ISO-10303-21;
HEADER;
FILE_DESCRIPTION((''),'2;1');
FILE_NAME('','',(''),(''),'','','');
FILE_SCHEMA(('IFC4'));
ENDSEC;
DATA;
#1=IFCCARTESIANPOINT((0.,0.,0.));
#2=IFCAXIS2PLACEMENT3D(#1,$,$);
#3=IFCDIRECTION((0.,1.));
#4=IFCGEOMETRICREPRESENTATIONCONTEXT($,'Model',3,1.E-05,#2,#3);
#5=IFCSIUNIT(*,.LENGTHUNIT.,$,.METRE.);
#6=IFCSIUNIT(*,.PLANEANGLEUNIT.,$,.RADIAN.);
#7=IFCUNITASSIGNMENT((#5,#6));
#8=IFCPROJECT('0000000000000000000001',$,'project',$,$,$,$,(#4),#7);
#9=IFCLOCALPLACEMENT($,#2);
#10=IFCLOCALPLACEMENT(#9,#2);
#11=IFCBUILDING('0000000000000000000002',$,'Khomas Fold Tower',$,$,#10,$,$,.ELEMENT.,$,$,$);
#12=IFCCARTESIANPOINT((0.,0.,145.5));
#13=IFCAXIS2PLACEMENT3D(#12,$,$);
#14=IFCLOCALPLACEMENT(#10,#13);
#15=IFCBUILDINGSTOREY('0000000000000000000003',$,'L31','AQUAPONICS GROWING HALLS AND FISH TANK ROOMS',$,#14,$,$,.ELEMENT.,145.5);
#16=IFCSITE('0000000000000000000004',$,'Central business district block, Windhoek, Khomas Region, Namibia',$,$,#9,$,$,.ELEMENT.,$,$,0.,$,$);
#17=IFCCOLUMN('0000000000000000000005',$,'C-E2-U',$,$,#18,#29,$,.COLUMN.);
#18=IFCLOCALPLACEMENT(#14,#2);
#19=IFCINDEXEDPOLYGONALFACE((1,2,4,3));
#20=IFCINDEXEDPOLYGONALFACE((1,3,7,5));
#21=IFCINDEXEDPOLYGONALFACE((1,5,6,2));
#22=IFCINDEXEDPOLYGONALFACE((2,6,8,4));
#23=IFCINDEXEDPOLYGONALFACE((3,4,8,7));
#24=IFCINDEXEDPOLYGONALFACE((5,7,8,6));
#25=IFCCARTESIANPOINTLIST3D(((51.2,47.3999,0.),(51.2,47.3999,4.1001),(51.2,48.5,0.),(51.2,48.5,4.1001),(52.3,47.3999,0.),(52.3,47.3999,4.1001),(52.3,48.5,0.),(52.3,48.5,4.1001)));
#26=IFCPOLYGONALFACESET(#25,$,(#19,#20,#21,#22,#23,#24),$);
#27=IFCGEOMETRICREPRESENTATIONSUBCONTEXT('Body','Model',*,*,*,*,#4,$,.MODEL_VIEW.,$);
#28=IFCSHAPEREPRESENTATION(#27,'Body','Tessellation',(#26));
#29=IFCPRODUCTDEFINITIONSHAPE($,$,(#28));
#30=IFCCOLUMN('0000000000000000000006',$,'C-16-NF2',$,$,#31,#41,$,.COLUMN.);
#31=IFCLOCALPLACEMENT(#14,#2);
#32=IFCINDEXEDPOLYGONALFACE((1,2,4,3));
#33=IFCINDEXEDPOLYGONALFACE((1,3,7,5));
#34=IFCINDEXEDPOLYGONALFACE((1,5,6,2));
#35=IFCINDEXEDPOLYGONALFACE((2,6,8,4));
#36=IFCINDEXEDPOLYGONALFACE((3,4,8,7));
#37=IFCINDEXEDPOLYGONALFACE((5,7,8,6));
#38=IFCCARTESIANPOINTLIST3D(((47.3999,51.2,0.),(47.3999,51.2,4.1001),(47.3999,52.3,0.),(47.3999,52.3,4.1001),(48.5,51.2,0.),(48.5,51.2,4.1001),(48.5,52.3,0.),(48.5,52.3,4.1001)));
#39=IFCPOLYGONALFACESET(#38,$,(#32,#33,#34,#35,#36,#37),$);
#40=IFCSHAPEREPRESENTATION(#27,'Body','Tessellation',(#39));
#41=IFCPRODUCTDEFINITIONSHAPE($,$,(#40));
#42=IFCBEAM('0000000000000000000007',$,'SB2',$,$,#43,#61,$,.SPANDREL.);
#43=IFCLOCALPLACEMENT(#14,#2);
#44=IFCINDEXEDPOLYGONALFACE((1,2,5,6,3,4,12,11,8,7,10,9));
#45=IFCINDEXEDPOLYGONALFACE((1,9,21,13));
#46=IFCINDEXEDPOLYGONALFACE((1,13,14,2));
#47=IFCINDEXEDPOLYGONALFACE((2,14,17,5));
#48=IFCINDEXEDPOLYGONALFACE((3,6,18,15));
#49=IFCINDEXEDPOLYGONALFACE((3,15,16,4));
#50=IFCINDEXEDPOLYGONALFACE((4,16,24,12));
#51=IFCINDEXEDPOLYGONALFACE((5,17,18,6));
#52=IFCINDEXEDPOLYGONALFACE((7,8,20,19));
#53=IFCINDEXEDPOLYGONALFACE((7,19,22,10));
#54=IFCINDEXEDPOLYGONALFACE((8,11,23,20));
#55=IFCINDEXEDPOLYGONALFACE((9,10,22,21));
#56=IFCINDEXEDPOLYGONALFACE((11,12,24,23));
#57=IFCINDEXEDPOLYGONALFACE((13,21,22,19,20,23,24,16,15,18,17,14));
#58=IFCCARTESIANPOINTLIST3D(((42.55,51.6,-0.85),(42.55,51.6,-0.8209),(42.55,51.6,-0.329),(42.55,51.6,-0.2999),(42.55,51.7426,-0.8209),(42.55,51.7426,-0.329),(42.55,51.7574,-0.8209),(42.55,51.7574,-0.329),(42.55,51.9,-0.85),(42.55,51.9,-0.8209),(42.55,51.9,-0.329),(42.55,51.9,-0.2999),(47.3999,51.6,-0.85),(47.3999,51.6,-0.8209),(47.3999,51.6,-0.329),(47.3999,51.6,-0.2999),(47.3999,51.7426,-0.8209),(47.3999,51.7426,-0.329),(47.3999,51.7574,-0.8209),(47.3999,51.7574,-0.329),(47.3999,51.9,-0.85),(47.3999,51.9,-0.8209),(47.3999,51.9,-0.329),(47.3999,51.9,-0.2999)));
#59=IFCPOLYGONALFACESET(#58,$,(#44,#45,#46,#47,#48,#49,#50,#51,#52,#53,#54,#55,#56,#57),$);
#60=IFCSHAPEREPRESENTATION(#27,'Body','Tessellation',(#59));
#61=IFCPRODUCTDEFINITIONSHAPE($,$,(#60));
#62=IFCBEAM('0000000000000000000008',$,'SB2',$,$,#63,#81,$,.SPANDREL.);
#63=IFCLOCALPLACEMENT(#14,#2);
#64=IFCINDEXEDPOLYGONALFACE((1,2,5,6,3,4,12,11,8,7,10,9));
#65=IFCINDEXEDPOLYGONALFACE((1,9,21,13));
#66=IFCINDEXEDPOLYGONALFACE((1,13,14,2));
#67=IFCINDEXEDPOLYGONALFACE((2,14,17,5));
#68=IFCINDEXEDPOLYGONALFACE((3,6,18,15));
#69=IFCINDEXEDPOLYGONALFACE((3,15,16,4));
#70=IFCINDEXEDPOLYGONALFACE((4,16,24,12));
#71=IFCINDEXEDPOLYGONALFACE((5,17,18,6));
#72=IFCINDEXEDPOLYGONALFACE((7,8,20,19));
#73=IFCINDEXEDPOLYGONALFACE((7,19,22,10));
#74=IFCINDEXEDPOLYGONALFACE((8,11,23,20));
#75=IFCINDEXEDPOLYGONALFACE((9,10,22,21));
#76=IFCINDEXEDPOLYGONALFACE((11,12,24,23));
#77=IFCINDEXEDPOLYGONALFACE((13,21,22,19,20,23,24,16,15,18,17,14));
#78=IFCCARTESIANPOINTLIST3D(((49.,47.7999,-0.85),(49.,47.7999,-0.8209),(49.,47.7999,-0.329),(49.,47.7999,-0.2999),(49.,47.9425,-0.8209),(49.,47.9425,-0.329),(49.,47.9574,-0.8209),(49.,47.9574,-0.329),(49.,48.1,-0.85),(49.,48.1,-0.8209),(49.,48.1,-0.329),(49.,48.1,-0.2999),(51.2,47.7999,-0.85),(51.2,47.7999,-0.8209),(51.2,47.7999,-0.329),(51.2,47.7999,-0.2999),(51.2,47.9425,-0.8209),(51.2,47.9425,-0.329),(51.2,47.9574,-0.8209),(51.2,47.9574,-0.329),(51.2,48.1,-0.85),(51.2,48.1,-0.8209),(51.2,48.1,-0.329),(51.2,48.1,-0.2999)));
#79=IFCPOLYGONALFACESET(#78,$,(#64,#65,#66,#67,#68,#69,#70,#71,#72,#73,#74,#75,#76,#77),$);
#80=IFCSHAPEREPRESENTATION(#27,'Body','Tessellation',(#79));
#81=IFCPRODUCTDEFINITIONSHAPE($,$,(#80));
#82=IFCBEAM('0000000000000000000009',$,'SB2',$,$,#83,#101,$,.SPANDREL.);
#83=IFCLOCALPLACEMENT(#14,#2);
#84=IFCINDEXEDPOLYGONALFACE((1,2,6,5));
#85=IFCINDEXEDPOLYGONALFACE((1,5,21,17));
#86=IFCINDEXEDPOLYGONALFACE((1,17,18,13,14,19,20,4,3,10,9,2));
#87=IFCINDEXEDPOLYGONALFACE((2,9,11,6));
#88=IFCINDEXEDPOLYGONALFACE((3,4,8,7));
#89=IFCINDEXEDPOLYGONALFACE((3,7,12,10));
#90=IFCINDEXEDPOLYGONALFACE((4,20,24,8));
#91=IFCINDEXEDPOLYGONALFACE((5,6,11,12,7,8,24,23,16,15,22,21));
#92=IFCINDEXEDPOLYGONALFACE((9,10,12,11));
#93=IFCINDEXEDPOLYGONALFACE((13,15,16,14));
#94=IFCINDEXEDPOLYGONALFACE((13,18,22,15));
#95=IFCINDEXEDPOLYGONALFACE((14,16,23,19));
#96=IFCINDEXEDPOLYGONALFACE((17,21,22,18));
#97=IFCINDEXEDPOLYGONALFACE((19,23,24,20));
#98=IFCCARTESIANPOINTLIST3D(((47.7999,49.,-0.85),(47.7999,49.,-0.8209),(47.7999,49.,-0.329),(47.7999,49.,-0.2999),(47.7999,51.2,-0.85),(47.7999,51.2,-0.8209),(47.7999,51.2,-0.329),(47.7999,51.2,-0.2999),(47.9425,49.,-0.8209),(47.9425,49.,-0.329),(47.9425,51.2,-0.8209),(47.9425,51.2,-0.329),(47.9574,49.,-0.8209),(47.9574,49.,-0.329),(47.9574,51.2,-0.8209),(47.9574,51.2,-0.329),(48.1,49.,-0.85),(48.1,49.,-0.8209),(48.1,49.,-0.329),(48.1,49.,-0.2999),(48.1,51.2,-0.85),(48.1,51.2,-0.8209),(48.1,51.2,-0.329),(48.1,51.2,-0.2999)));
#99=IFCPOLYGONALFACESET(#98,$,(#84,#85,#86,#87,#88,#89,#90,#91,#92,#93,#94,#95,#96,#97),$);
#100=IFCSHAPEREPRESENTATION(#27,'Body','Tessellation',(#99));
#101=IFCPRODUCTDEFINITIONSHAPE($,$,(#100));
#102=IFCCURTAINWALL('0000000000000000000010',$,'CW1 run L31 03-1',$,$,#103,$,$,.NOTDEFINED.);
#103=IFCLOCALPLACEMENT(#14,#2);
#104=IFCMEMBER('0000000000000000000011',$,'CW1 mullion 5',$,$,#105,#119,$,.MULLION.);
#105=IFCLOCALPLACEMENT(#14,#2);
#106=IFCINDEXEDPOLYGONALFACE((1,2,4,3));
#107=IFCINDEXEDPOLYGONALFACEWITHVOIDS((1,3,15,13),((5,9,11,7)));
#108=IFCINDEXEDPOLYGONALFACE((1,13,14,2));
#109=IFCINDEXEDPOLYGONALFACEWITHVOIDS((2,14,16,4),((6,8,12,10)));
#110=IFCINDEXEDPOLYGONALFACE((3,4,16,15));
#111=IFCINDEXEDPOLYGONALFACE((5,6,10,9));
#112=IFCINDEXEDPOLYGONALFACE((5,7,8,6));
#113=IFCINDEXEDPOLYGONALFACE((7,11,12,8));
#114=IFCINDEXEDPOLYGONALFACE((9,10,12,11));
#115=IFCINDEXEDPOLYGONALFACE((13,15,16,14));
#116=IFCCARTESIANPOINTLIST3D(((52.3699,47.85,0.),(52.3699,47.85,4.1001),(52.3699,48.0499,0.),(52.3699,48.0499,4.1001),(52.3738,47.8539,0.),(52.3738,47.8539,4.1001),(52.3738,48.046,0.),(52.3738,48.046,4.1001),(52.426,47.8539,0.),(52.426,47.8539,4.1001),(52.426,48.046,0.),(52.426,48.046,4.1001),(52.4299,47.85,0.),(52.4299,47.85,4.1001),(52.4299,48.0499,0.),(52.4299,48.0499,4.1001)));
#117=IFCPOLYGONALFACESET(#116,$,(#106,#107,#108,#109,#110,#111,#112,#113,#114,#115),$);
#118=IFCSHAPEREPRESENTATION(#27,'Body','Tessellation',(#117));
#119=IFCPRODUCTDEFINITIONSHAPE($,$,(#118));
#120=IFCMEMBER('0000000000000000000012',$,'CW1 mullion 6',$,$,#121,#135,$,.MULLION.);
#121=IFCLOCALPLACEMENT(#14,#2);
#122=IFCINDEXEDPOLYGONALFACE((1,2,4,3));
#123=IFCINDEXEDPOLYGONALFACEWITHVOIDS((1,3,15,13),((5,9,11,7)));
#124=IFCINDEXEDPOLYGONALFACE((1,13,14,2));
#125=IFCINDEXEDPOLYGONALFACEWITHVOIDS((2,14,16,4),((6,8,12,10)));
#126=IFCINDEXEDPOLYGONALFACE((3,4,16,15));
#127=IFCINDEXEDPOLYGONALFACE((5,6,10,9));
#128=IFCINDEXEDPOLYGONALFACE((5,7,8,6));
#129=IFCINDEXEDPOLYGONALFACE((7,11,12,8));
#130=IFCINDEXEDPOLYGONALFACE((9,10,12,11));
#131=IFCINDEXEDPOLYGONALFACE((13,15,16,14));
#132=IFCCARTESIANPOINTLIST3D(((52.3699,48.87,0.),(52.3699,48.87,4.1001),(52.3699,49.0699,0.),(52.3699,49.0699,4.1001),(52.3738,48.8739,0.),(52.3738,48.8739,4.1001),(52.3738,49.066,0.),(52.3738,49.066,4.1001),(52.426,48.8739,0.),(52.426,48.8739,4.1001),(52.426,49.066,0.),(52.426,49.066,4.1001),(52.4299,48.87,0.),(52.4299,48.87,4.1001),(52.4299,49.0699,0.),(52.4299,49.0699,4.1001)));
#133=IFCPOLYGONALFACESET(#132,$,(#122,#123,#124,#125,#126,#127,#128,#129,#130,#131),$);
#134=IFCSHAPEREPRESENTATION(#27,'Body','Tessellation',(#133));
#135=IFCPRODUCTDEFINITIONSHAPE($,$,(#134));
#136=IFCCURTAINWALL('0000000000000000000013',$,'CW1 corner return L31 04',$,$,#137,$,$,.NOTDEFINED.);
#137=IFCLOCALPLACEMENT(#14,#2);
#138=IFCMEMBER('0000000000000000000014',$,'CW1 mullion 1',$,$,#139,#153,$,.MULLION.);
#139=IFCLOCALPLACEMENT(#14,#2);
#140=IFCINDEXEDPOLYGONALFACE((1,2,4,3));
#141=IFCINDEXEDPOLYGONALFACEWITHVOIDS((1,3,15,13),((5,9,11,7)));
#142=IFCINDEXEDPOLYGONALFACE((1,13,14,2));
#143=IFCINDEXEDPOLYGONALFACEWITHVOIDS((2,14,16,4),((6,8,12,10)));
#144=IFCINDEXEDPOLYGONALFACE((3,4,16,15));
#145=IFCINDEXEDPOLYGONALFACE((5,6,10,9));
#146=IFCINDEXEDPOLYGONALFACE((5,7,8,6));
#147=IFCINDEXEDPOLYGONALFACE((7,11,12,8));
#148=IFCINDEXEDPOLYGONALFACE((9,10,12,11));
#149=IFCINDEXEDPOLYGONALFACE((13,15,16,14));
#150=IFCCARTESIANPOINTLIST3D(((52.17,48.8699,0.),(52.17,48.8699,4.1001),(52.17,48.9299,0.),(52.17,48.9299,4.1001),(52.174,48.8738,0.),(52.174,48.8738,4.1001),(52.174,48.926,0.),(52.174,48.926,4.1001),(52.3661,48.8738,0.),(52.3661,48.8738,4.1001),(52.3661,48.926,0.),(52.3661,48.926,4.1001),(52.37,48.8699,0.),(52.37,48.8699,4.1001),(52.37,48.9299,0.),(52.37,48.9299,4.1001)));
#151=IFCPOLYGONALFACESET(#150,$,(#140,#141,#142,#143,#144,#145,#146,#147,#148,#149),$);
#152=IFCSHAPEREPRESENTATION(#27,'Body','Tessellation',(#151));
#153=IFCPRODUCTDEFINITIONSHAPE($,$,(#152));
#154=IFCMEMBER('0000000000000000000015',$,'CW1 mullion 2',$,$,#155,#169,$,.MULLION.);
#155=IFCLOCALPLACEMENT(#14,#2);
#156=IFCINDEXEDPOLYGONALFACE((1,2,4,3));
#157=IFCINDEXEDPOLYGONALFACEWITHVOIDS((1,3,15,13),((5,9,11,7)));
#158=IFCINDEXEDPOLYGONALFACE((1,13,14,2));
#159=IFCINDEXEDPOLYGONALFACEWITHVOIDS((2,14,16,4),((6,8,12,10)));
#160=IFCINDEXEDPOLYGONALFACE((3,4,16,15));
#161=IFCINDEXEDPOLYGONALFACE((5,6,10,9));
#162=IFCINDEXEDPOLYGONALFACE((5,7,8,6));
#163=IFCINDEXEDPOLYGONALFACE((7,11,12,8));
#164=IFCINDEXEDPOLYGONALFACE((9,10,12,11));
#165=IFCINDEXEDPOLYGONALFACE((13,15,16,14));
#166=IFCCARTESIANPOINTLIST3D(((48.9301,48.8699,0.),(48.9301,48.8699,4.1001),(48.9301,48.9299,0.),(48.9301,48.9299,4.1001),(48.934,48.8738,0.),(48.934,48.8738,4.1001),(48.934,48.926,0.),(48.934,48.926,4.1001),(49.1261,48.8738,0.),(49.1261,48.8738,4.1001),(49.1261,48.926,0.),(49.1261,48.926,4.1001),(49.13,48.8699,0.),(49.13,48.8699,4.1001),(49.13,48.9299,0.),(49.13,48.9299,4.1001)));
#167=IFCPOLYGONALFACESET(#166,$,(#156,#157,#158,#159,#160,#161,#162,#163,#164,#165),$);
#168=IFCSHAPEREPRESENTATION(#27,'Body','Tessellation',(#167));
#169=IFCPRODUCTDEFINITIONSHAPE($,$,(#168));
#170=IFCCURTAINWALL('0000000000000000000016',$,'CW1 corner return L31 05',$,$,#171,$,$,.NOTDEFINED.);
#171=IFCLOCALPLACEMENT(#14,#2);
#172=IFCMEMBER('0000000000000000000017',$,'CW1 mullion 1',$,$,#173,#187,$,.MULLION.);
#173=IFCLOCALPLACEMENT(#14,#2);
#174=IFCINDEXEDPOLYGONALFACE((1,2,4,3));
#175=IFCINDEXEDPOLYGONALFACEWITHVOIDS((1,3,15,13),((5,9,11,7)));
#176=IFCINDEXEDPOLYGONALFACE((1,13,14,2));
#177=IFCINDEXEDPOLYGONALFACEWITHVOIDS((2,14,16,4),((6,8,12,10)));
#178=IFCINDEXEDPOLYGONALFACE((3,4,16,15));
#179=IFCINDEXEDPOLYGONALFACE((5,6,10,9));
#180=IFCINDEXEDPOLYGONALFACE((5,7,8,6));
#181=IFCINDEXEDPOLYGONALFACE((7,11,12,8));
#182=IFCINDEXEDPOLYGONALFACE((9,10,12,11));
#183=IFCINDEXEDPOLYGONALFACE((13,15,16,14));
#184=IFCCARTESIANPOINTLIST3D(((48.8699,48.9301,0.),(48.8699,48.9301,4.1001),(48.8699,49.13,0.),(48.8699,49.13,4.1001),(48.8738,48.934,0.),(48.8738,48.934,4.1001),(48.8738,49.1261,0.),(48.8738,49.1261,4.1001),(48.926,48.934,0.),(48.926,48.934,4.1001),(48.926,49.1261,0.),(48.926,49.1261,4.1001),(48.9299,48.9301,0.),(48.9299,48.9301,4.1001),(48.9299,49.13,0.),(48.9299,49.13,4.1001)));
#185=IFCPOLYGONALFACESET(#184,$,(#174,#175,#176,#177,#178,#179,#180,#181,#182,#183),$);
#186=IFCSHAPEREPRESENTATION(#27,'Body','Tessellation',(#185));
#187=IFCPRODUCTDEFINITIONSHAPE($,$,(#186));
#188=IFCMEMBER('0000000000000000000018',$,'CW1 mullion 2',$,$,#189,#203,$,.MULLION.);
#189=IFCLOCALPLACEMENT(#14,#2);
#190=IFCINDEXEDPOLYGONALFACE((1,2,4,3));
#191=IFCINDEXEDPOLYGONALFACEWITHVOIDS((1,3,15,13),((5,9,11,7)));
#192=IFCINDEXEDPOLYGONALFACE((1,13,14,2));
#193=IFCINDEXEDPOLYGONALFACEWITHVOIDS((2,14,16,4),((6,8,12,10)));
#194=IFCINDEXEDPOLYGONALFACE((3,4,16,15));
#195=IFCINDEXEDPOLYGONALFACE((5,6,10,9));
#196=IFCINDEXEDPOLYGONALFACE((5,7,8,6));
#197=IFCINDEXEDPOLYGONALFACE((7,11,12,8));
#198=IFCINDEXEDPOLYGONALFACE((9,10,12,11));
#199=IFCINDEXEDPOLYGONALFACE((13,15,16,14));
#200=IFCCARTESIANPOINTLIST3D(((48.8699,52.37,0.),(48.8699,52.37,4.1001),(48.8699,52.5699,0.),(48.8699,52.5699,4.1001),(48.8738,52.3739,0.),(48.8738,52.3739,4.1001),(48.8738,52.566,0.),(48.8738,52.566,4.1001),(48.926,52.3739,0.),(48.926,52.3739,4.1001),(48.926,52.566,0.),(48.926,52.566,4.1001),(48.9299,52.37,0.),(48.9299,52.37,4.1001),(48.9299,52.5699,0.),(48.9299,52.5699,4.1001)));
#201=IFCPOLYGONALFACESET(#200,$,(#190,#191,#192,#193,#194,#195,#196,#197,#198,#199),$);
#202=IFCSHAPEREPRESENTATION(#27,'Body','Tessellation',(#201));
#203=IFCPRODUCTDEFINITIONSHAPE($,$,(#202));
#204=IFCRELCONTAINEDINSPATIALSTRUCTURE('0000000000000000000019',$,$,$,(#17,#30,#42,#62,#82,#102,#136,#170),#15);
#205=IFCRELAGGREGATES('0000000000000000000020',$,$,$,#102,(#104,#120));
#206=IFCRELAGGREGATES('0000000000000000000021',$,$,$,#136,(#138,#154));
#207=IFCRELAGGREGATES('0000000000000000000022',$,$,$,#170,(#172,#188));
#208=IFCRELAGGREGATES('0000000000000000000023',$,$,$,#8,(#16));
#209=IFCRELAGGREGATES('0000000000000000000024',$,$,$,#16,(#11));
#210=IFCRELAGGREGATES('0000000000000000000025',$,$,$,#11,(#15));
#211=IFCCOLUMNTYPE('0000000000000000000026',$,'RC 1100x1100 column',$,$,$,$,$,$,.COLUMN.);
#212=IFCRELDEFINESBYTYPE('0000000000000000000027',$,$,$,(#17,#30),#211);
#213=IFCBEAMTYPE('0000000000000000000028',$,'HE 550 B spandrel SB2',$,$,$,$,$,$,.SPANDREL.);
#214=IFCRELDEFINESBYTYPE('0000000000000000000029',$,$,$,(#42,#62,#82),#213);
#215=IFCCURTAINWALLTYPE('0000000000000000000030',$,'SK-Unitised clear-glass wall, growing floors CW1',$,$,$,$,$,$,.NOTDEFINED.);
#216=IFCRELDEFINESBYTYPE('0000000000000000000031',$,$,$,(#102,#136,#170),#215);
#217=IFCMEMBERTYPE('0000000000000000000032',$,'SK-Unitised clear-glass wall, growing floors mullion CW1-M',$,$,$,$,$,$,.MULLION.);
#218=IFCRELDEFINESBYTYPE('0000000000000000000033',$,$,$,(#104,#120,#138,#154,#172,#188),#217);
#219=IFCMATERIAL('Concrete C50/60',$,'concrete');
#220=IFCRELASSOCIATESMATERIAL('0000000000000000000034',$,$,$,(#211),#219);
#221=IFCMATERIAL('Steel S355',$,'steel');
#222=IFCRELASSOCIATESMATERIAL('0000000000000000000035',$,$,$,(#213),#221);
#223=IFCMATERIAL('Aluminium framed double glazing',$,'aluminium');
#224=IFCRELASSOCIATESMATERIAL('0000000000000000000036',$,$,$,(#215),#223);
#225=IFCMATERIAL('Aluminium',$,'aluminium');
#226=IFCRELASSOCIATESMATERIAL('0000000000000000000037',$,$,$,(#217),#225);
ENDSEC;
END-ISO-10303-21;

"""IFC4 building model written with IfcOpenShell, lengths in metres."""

from ifc_helpers import new_model, si_unit, direction, frame, origin, origin_2d, place, context, subcontext, project, spatial, rectangle, hollow_rectangle, i_section, extrude, source, transform, mapped, material, material_profile, profile_set, type_object, element, aggregate, save


model = new_model("IFC4")

# Units and contexts
model_context = context("Model", 3, precision=1e-05, world=origin(), true_north=direction((0.0, 1.0)))
body_context = subcontext(model_context, "Body", "Model", "MODEL_VIEW")
ifc_project = project(units=[si_unit("LENGTHUNIT", "METRE"), si_unit("PLANEANGLEUNIT", "RADIAN")], contexts=[model_context])

# Site, building, storey
site_placement = place(None, origin())
site = spatial("IfcSite", under=ifc_project, at=site_placement, Name="Central business district block, Windhoek, Khomas Region, Namibia", CompositionType="ELEMENT", RefElevation=0.0)
building_placement = place(site_placement, origin())
building = spatial("IfcBuilding", under=site, at=building_placement, Name="Khomas Fold Tower", CompositionType="ELEMENT")
storey_placement = place(building_placement, frame((0.0, 0.0, 145.5)))
storey = spatial("IfcBuildingStorey", under=building, at=storey_placement, Name="L31", Description="AQUAPONICS GROWING HALLS AND FISH TANK ROOMS", CompositionType="ELEMENT", Elevation=145.5)

# Columns
ifc_material_1 = material(Name="Concrete C50/60", Category="concrete")
ifc_material_profile_1 = material_profile(ifc_material_1, rectangle(XDim=1.1001, YDim=1.1001, at=origin_2d()), Name="RC 1100x1100")
ifc_profile_set_1 = profile_set([ifc_material_profile_1], Name="Concrete C50/60")
column_type = type_object("IfcColumnType", Name="RC 1100x1100 column", PredefinedType="COLUMN", material=ifc_profile_set_1)
shared_shape_1 = source(origin(), body_context, "Body", "SweptSolid", [
    extrude(rectangle(XDim=1.1001, YDim=1.1001, at=origin_2d()), origin(), (0.0, 0.0, 1.0), 4.1001),
])
for number, where, z_axis, x_axis, name in (
    (1, (51.75, 47.95, 0.0), (0.0, 0.0, 1.0), (1.0, 0.0, 0.0), "C-E2-U"),
    (2, (47.95, 51.75, 0.0), (0.0, 0.0, 1.0), (1.0, 0.0, 0.0), "C-16-NF2"),
):
    element("IfcColumn", number, at=place(storey_placement, frame(where, z_axis=z_axis, x_axis=x_axis)), inside=storey, type_object=column_type, Name=name, PredefinedType="COLUMN", context=body_context, shape_type="MappedRepresentation", body=[
        mapped(shared_shape_1, transform((0.0, 0.0, 0.0))),
    ])

# Beams
ifc_material_2 = material(Name="Steel S355", Category="steel")
ifc_material_profile_2 = material_profile(ifc_material_2, i_section(OverallWidth=0.3, OverallDepth=0.55, WebThickness=0.0149, FlangeThickness=0.0291, at=origin_2d()), Name="HE 550 B")
ifc_profile_set_2 = profile_set([ifc_material_profile_2], Name="Steel S355")
beam_type = type_object("IfcBeamType", Name="HE 550 B spandrel SB2", PredefinedType="SPANDREL", material=ifc_profile_set_2)
shared_shape_2 = source(origin(), body_context, "Body", "SweptSolid", [
    extrude(i_section(OverallWidth=0.3, OverallDepth=0.55, WebThickness=0.0149, FlangeThickness=0.0291, at=origin_2d()), origin(), (0.0, 0.0, 1.0), 4.8499),
])
beam_placement = place(storey_placement, frame((42.55, 51.75, -0.575), z_axis=(1.0, 0.0, 0.0), x_axis=(0.0, 1.0, 0.0)))
element("IfcBeam", 3, at=beam_placement, inside=storey, type_object=beam_type, Name="SB2", PredefinedType="SPANDREL", context=body_context, shape_type="MappedRepresentation", body=[
    mapped(shared_shape_2, transform((0.0, 0.0, 0.0))),
])
shared_shape_3 = source(origin(), body_context, "Body", "SweptSolid", [
    extrude(i_section(OverallWidth=0.3, OverallDepth=0.55, WebThickness=0.0149, FlangeThickness=0.0291, at=origin_2d()), origin(), (0.0, 0.0, 1.0), 2.2),
])
for number, where, z_axis, x_axis, name in (
    (4, (49.0, 47.95, -0.575), (1.0, 0.0, 0.0), (0.0, 1.0, 0.0), "SB2"),
    (5, (47.95, 49.0, -0.575), (0.0, 1.0, 0.0), (-1.0, 0.0, 0.0), "SB2"),
):
    element("IfcBeam", number, at=place(storey_placement, frame(where, z_axis=z_axis, x_axis=x_axis)), inside=storey, type_object=beam_type, Name=name, PredefinedType="SPANDREL", context=body_context, shape_type="MappedRepresentation", body=[
        mapped(shared_shape_3, transform((0.0, 0.0, 0.0))),
    ])

# Curtain walls, members
ifc_material_3 = material(Name="Aluminium framed double glazing", Category="aluminium")
curtain_wall_type = type_object("IfcCurtainWallType", Name="SK-Unitised clear-glass wall, growing floors CW1", PredefinedType="NOTDEFINED", material=ifc_material_3)
curtain_wall_1_placement = place(storey_placement, origin())
curtain_wall_1 = element("IfcCurtainWall", 6, at=curtain_wall_1_placement, inside=storey, type_object=curtain_wall_type, Name="CW1 run L31 03-1", PredefinedType="NOTDEFINED")
ifc_material_4 = material(Name="Aluminium", Category="aluminium")
ifc_material_profile_3 = material_profile(ifc_material_4, hollow_rectangle(XDim=0.0601, YDim=0.2, WallThickness=0.0039, at=origin_2d()), Name="SK-Unitised clear-glass wall, growing floors mullion CW1-M")
ifc_profile_set_3 = profile_set([ifc_material_profile_3], Name="Aluminium")
member_type_1 = type_object("IfcMemberType", Name="SK-Unitised clear-glass wall, growing floors mullion CW1-M", PredefinedType="MULLION", material=ifc_profile_set_3)
shared_shape_4 = source(origin(), body_context, "Body", "SweptSolid", [
    extrude(hollow_rectangle(XDim=0.0601, YDim=0.2, WallThickness=0.0039, at=origin_2d()), origin(), (0.0, 0.0, 1.0), 4.1001),
])
member_1_placement = place(storey_placement, frame((52.3999, 47.95, 0.0), z_axis=(0.0, 0.0, 1.0), x_axis=(-1.0, 0.0, 0.0)))
member_1 = element("IfcMember", 7, at=member_1_placement, type_object=member_type_1, Name="CW1 mullion 5", PredefinedType="MULLION", context=body_context, shape_type="MappedRepresentation", body=[
    mapped(shared_shape_4, transform((0.0, 0.0, 0.0))),
])
member_2_placement = place(storey_placement, frame((52.3999, 48.97, 0.0), z_axis=(0.0, 0.0, 1.0), x_axis=(-1.0, 0.0, 0.0)))
member_2 = element("IfcMember", 8, at=member_2_placement, type_object=member_type_1, Name="CW1 mullion 6", PredefinedType="MULLION", context=body_context, shape_type="MappedRepresentation", body=[
    mapped(shared_shape_4, transform((0.0, 0.0, 0.0))),
])
curtain_wall_2_placement = place(storey_placement, origin())
curtain_wall_2 = element("IfcCurtainWall", 9, at=curtain_wall_2_placement, inside=storey, type_object=curtain_wall_type, Name="CW1 corner return L31 04", PredefinedType="NOTDEFINED")
member_3_placement = place(storey_placement, frame((52.27, 48.8999, 0.0), z_axis=(0.0, 0.0, 1.0), x_axis=(0.0, -1.0, 0.0)))
member_3 = element("IfcMember", 10, at=member_3_placement, type_object=member_type_1, Name="CW1 mullion 1", PredefinedType="MULLION", context=body_context, shape_type="MappedRepresentation", body=[
    mapped(shared_shape_4, transform((0.0, 0.0, 0.0))),
])
member_4_placement = place(storey_placement, frame((49.03, 48.8999, 0.0), z_axis=(0.0, 0.0, 1.0), x_axis=(0.0, -1.0, 0.0)))
member_4 = element("IfcMember", 11, at=member_4_placement, type_object=member_type_1, Name="CW1 mullion 2", PredefinedType="MULLION", context=body_context, shape_type="MappedRepresentation", body=[
    mapped(shared_shape_4, transform((0.0, 0.0, 0.0))),
])
curtain_wall_3_placement = place(storey_placement, origin())
curtain_wall_3 = element("IfcCurtainWall", 12, at=curtain_wall_3_placement, inside=storey, type_object=curtain_wall_type, Name="CW1 corner return L31 05", PredefinedType="NOTDEFINED")
member_5_placement = place(storey_placement, frame((48.8999, 49.03, 0.0), z_axis=(0.0, 0.0, 1.0), x_axis=(-1.0, 0.0, 0.0)))
member_5 = element("IfcMember", 13, at=member_5_placement, type_object=member_type_1, Name="CW1 mullion 1", PredefinedType="MULLION", context=body_context, shape_type="MappedRepresentation", body=[
    mapped(shared_shape_4, transform((0.0, 0.0, 0.0))),
])
member_6_placement = place(storey_placement, frame((48.8999, 52.47, 0.0), z_axis=(0.0, 0.0, 1.0), x_axis=(-1.0, 0.0, 0.0)))
member_6 = element("IfcMember", 14, at=member_6_placement, type_object=member_type_1, Name="CW1 mullion 2", PredefinedType="MULLION", context=body_context, shape_type="MappedRepresentation", body=[
    mapped(shared_shape_4, transform((0.0, 0.0, 0.0))),
])

aggregate(curtain_wall_1, [member_1, member_2])
aggregate(curtain_wall_2, [member_3, member_4])
aggregate(curtain_wall_3, [member_5, member_6])

save(model, "model.ifc")
